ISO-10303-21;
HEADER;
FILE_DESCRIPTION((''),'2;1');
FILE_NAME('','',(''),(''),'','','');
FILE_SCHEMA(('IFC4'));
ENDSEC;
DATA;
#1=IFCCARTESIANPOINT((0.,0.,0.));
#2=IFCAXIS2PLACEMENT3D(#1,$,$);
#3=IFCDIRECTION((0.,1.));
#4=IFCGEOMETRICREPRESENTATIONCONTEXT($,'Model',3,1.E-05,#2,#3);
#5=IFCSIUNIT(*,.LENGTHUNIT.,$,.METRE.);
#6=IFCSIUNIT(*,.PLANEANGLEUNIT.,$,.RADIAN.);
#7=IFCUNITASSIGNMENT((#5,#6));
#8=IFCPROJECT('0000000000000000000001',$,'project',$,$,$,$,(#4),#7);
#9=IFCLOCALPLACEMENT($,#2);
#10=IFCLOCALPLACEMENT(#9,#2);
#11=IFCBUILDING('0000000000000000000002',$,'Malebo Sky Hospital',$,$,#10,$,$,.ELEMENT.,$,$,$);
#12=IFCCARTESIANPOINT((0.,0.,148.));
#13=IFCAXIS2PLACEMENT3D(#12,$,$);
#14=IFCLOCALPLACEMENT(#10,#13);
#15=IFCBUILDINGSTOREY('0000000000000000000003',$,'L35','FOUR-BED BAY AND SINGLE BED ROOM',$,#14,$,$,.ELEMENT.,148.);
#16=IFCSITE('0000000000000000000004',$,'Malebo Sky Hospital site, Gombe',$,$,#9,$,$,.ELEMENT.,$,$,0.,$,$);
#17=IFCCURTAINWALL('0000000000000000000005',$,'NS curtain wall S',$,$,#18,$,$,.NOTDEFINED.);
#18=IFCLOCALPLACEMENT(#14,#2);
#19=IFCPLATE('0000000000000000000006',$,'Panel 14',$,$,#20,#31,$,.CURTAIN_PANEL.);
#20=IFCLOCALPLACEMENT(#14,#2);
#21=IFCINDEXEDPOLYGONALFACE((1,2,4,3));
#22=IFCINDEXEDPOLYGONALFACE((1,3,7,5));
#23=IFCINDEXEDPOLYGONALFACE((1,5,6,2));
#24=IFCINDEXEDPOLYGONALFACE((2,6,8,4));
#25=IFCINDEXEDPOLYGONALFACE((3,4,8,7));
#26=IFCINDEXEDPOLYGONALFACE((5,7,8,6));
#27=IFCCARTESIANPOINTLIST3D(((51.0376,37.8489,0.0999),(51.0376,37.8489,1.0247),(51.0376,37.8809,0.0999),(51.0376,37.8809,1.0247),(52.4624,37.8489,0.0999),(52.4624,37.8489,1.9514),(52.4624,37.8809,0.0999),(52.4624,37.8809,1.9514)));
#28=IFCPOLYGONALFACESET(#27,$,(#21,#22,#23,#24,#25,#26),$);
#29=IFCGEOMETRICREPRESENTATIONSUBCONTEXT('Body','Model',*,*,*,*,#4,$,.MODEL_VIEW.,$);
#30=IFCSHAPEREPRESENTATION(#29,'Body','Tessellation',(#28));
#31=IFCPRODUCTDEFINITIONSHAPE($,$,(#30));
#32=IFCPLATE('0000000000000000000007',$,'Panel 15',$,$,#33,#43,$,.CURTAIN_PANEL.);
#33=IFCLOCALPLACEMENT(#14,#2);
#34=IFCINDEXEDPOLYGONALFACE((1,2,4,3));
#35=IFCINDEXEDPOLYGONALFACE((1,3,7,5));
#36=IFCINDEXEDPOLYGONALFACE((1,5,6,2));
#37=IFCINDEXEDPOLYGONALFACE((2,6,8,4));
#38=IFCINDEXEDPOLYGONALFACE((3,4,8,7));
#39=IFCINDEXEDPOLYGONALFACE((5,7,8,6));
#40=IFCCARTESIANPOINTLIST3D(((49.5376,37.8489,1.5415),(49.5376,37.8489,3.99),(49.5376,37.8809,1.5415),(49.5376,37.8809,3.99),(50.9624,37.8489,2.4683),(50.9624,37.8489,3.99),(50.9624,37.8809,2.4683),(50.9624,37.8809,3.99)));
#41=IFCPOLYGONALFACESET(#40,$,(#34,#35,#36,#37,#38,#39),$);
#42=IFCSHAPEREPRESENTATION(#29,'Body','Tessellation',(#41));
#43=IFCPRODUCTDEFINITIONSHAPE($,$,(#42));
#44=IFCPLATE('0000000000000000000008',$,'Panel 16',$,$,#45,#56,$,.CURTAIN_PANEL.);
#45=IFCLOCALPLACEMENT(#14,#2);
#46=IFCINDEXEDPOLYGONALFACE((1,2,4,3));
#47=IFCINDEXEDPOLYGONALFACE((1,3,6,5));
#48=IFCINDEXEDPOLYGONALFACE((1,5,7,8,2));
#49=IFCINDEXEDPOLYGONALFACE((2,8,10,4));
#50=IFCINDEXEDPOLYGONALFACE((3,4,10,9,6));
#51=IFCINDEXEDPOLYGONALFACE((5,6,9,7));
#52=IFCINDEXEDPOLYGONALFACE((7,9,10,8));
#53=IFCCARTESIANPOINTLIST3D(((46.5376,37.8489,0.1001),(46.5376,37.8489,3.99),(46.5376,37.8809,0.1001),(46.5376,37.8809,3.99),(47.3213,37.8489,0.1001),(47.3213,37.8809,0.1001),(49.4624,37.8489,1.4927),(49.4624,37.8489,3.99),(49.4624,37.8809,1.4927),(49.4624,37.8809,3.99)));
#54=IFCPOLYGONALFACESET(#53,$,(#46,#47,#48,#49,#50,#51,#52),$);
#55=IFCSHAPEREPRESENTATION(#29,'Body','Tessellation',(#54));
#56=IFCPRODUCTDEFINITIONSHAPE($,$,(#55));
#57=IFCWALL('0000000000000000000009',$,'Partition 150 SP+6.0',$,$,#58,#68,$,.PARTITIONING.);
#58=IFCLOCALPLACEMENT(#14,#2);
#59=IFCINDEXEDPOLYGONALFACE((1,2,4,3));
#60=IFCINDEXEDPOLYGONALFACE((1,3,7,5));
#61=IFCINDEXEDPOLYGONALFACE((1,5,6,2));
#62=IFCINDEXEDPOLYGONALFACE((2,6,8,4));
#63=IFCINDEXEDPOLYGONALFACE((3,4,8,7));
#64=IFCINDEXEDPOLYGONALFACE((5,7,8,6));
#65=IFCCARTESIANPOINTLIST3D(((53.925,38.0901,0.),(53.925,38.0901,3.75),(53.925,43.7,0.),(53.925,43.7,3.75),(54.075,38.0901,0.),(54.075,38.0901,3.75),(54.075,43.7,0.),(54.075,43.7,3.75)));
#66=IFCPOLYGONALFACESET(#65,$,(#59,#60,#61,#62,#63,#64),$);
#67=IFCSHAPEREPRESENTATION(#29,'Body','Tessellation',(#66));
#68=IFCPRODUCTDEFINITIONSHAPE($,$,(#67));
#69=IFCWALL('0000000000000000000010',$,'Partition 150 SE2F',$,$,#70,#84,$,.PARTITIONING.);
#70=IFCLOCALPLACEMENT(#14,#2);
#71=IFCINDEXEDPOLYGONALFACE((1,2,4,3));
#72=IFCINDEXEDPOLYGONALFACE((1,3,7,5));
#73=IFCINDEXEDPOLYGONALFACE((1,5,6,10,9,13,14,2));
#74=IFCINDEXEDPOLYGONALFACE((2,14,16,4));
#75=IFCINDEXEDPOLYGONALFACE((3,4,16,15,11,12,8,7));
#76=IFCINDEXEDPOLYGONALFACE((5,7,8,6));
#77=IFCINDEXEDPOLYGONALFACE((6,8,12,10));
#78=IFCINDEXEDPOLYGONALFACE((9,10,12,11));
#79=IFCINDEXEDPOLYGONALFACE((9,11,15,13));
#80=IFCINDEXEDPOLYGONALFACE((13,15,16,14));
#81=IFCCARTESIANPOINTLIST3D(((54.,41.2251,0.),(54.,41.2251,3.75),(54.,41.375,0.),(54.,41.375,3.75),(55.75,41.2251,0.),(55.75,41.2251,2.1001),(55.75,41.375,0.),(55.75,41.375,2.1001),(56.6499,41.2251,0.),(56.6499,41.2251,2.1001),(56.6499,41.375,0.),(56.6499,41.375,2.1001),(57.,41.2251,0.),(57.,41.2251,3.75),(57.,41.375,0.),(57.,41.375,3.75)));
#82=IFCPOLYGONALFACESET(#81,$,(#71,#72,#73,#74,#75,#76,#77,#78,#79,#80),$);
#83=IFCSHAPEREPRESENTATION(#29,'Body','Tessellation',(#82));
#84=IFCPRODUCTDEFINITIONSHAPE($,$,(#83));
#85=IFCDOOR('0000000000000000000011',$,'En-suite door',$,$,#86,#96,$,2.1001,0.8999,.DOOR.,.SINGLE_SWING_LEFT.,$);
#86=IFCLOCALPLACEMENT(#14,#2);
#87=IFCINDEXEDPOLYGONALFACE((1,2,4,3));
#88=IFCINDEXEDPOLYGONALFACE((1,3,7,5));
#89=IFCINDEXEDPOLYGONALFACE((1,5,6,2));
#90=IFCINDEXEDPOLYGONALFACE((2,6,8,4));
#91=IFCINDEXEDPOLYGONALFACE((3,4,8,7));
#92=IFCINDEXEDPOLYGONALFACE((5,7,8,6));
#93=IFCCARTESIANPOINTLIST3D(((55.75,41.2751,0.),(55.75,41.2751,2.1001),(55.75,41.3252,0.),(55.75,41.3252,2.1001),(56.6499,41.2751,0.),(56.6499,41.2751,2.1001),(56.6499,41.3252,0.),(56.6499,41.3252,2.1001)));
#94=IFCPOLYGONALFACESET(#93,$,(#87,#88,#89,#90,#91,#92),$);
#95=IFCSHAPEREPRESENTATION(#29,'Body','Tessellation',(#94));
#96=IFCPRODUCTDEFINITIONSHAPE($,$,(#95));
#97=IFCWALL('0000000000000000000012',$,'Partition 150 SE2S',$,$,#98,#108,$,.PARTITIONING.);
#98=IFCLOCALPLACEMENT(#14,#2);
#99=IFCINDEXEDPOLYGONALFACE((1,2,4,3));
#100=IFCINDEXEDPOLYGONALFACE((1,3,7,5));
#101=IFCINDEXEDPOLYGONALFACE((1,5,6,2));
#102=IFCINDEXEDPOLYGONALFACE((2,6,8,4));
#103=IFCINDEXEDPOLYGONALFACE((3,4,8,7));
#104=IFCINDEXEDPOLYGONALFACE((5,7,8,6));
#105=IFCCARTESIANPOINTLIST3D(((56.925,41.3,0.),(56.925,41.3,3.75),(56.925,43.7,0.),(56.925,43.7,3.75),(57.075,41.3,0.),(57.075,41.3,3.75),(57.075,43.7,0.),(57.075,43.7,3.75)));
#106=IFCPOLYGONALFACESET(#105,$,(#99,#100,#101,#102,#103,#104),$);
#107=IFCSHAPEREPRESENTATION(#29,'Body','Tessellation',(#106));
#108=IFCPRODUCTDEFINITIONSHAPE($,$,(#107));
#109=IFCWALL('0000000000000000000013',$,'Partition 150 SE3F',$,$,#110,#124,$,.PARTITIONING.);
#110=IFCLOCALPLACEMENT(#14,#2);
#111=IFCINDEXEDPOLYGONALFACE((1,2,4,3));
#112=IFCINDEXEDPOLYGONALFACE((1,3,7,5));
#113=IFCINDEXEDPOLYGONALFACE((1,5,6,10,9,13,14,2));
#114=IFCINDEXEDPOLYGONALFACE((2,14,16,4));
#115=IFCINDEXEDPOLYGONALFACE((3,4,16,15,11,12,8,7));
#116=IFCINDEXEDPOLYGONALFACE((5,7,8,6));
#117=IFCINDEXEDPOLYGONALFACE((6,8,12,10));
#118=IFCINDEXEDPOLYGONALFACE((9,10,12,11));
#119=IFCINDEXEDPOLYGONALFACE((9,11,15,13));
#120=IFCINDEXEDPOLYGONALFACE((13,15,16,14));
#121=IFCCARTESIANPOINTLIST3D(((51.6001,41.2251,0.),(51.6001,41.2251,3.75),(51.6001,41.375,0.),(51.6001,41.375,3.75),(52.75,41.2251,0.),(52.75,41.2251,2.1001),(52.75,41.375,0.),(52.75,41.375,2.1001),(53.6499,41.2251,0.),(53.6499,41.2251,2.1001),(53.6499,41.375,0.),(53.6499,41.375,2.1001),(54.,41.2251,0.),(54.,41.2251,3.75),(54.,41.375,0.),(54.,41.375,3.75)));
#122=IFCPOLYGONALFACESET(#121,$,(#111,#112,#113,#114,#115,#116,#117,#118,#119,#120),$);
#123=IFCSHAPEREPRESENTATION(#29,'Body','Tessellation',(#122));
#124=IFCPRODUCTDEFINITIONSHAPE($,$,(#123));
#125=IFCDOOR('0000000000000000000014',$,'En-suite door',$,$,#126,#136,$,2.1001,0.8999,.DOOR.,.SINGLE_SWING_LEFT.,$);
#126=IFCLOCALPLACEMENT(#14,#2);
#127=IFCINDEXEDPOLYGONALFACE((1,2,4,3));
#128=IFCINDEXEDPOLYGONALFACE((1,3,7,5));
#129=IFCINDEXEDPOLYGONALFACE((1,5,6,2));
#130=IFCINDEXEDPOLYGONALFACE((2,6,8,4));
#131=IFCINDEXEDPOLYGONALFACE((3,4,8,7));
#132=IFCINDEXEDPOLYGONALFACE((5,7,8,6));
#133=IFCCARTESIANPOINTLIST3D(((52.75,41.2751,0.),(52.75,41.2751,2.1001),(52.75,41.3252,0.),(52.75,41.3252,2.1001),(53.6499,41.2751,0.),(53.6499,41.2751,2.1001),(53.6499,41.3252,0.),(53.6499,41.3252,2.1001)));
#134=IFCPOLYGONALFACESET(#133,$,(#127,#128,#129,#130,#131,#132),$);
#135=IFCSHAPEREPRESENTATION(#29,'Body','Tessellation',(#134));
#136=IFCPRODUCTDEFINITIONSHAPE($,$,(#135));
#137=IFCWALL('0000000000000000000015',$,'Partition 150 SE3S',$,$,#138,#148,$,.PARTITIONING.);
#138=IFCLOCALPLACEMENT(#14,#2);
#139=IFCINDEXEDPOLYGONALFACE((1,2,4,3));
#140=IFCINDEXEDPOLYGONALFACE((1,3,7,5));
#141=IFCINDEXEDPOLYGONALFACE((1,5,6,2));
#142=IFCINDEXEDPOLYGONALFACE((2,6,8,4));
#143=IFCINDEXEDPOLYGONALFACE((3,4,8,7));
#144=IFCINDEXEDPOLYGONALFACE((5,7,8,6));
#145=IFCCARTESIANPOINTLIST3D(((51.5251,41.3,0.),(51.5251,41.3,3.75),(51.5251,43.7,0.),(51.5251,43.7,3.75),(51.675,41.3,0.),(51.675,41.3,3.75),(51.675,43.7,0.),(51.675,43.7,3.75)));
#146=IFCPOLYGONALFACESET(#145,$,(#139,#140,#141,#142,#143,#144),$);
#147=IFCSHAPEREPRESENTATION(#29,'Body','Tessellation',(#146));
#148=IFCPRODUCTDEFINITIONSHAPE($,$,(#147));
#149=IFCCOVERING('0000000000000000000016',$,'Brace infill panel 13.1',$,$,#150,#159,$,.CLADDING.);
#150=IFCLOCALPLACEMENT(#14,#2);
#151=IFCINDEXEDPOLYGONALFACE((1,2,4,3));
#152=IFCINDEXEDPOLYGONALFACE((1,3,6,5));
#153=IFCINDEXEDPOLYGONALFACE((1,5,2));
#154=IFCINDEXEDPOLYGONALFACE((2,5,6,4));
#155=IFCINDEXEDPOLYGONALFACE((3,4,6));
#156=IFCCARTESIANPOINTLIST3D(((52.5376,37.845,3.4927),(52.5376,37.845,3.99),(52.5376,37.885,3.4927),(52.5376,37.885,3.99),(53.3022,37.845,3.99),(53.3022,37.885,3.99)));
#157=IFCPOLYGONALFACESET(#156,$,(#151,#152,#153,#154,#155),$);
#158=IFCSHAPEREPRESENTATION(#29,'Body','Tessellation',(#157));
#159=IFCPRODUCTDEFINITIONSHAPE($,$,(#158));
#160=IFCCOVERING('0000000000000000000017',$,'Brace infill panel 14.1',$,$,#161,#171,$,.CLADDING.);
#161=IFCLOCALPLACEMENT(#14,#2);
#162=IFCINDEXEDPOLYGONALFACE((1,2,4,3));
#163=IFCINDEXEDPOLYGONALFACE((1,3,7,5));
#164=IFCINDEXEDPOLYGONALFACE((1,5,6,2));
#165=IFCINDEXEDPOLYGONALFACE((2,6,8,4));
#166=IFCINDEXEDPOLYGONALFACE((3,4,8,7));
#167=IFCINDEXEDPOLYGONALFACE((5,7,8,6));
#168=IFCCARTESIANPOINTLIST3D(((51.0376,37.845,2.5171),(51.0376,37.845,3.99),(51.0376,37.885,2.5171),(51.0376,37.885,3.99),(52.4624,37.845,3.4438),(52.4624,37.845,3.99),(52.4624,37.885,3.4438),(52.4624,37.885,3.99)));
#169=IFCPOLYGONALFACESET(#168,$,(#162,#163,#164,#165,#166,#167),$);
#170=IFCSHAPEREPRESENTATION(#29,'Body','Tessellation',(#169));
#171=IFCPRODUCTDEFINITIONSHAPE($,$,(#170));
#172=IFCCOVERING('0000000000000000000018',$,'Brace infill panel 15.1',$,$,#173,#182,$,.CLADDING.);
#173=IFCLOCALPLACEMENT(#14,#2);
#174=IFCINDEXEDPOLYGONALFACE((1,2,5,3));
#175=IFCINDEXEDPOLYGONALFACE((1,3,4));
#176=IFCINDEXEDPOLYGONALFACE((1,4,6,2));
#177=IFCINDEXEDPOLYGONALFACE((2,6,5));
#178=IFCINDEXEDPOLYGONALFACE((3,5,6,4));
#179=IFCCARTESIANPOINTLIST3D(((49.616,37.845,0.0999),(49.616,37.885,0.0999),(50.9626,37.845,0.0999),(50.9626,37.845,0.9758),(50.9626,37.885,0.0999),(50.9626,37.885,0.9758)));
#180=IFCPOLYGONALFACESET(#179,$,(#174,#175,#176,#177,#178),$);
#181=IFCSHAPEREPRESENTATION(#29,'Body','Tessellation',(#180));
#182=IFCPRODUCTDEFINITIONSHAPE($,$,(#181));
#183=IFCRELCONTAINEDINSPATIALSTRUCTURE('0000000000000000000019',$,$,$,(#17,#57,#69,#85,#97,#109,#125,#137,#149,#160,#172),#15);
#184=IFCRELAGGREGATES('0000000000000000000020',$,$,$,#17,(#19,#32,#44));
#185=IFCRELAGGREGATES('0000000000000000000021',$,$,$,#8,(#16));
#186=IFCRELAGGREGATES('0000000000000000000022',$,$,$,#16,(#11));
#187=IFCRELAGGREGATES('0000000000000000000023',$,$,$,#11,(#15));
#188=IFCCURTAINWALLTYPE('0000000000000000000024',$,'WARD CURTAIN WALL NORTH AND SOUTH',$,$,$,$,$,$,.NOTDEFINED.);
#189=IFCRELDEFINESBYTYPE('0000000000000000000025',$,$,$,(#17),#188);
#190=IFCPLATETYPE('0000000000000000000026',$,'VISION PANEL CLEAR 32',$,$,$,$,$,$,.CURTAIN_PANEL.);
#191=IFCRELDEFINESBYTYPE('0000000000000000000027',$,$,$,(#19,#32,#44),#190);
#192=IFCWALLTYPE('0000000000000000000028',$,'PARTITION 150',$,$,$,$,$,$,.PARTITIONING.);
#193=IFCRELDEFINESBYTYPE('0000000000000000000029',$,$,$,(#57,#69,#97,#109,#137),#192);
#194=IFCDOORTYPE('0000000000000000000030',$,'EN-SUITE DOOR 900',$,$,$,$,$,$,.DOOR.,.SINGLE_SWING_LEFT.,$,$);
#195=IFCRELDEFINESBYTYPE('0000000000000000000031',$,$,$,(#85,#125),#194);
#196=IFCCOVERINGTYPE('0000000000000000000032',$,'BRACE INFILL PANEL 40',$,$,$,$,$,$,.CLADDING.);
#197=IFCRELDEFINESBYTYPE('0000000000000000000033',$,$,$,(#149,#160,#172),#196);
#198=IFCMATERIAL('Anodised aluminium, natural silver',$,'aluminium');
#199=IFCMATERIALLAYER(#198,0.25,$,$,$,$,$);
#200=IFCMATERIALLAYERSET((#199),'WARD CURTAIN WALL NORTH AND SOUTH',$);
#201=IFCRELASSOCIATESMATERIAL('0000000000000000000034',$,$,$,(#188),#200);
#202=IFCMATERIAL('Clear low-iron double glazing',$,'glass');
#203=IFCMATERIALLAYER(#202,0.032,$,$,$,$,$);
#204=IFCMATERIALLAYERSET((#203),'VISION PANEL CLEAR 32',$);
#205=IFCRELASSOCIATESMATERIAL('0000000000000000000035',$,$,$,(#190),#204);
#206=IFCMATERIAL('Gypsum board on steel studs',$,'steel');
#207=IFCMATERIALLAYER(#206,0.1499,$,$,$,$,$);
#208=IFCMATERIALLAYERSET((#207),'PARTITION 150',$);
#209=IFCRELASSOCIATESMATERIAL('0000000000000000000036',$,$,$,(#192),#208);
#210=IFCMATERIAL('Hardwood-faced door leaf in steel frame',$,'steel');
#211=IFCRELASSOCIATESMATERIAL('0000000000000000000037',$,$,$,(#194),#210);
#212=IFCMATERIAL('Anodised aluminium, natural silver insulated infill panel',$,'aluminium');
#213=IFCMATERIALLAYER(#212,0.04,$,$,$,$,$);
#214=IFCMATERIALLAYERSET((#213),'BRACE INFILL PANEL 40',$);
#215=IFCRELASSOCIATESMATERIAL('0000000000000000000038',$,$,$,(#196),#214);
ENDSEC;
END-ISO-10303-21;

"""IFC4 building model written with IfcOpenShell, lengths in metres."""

from ifc_helpers import new_model, si_unit, direction, frame, frame_2d, origin, place, context, subcontext, project, spatial, polyline, rectangle, outline, extrude, material, layer, layer_set, type_object, element, fill, aggregate, save


model = new_model("IFC4")

# Units and contexts
model_context = context("Model", 3, precision=1e-05, world=origin(), true_north=direction((0.0, 1.0)))
body_context = subcontext(model_context, "Body", "Model", "MODEL_VIEW")
ifc_project = project(units=[si_unit("LENGTHUNIT", "METRE"), si_unit("PLANEANGLEUNIT", "RADIAN")], contexts=[model_context])

# Site, building, storey
site_placement = place(None, origin())
site = spatial("IfcSite", under=ifc_project, at=site_placement, Name="Malebo Sky Hospital site, Gombe", CompositionType="ELEMENT", RefElevation=0.0)
building_placement = place(site_placement, origin())
building = spatial("IfcBuilding", under=site, at=building_placement, Name="Malebo Sky Hospital", CompositionType="ELEMENT")
storey_placement = place(building_placement, frame((0.0, 0.0, 148.0)))
storey = spatial("IfcBuildingStorey", under=building, at=storey_placement, Name="L35", Description="FOUR-BED BAY AND SINGLE BED ROOM", CompositionType="ELEMENT", Elevation=148.0)

# Curtain wall
ifc_material_1 = material(Name="Anodised aluminium, natural silver", Category="aluminium")
ifc_layer_1 = layer(ifc_material_1, 0.25)
ifc_layer_set_1 = layer_set([ifc_layer_1], Name="WARD CURTAIN WALL NORTH AND SOUTH")
curtain_wall_type = type_object("IfcCurtainWallType", Name="WARD CURTAIN WALL NORTH AND SOUTH", PredefinedType="NOTDEFINED", material=ifc_layer_set_1)
curtain_wall_placement = place(storey_placement, origin())
curtain_wall = element("IfcCurtainWall", 1, at=curtain_wall_placement, inside=storey, type_object=curtain_wall_type, Name="NS curtain wall S", PredefinedType="NOTDEFINED")

# Plates
ifc_material_2 = material(Name="Clear low-iron double glazing", Category="glass")
ifc_layer_2 = layer(ifc_material_2, 0.032)
ifc_layer_set_2 = layer_set([ifc_layer_2], Name="VISION PANEL CLEAR 32")
plate_type = type_object("IfcPlateType", Name="VISION PANEL CLEAR 32", PredefinedType="CURTAIN_PANEL", material=ifc_layer_set_2)
plate_1_placement = place(storey_placement, frame((51.75, 37.865, 0.0999), z_axis=(0.0, 0.0, 1.0), x_axis=(-1.0, 0.0, 0.0)))
plate_1 = element("IfcPlate", 2, at=plate_1_placement, type_object=plate_type, Name="Panel 14", PredefinedType="CURTAIN_PANEL", context=body_context, shape_type="SweptSolid", body=[
    extrude(outline(polyline([(-0.7124, 0.0), (0.7124, 0.0), (0.7124, 0.9248), (-0.7124, 1.8516), (-0.7124, 0.0)])), frame((0.0, 0.0161, 0.0), z_axis=(0.0, -1.0, 0.0), x_axis=(1.0, 0.0, 0.0)), (0.0, 0.0, 1.0), 0.032),
])
plate_2_placement = place(storey_placement, frame((50.25, 37.865, 1.5415), z_axis=(0.0, 0.0, 1.0), x_axis=(-1.0, 0.0, 0.0)))
plate_2 = element("IfcPlate", 3, at=plate_2_placement, type_object=plate_type, Name="Panel 15", PredefinedType="CURTAIN_PANEL", context=body_context, shape_type="SweptSolid", body=[
    extrude(outline(polyline([(0.7124, 0.0), (0.7124, 2.4485), (-0.7124, 2.4485), (-0.7124, 0.9268), (0.7124, 0.0)])), frame((0.0, 0.0161, 0.0), z_axis=(0.0, -1.0, 0.0), x_axis=(1.0, 0.0, 0.0)), (0.0, 0.0, 1.0), 0.032),
])
plate_3_placement = place(storey_placement, frame((48.0, 37.865, 0.1001), z_axis=(0.0, 0.0, 1.0), x_axis=(-1.0, 0.0, 0.0)))
plate_3 = element("IfcPlate", 4, at=plate_3_placement, type_object=plate_type, Name="Panel 16", PredefinedType="CURTAIN_PANEL", context=body_context, shape_type="SweptSolid", body=[
    extrude(outline(polyline([(0.6787, 0.0), (1.4624, 0.0), (1.4624, 3.8899), (-1.4624, 3.8899), (-1.4624, 1.3926), (0.6787, 0.0)])), frame((0.0, 0.0161, 0.0), z_axis=(0.0, -1.0, 0.0), x_axis=(1.0, 0.0, 0.0)), (0.0, 0.0, 1.0), 0.032),
])
aggregate(curtain_wall, [plate_1, plate_2, plate_3])

# Wall
ifc_material_3 = material(Name="Gypsum board on steel studs", Category="steel")
ifc_layer_3 = layer(ifc_material_3, 0.1499)
ifc_layer_set_3 = layer_set([ifc_layer_3], Name="PARTITION 150")
wall_type = type_object("IfcWallType", Name="PARTITION 150", PredefinedType="PARTITIONING", material=ifc_layer_set_3)
wall_1_placement = place(storey_placement, frame((54.0, 43.7, 0.0), z_axis=(0.0, 0.0, 1.0), x_axis=(0.0, -1.0, 0.0)))
element("IfcWall", 5, at=wall_1_placement, inside=storey, type_object=wall_type, Name="Partition 150 SP+6.0", PredefinedType="PARTITIONING", context=body_context, shape_type="SweptSolid", body=[
    extrude(rectangle(XDim=5.6099, YDim=0.1499, at=frame_2d((2.8049, 0.0))), origin(), (0.0, 0.0, 1.0), 3.75),
])

# Wall, opening, door
wall_2_placement = place(storey_placement, frame((57.0, 41.3, 0.0), z_axis=(0.0, 0.0, 1.0), x_axis=(-1.0, 0.0, 0.0)))
wall_2 = element("IfcWall", 6, at=wall_2_placement, inside=storey, type_object=wall_type, Name="Partition 150 SE2F", PredefinedType="PARTITIONING", context=body_context, shape_type="SweptSolid", body=[
    extrude(rectangle(XDim=3.0, YDim=0.1499, at=frame_2d((1.5, 0.0))), origin(), (0.0, 0.0, 1.0), 3.75),
])
opening_1_placement = place(wall_2_placement, frame((0.3501, 0.0, 0.0)))
opening_1 = element("IfcOpeningElement", 7, at=opening_1_placement, cuts=wall_2, PredefinedType="OPENING", context=body_context, shape_type="SweptSolid", body=[
    extrude(rectangle(XDim=0.8999, YDim=2.1001, at=frame_2d((0.45, 1.05))), frame((0.0, 0.085, 0.0), z_axis=(0.0, -1.0, 0.0), x_axis=(1.0, 0.0, 0.0)), (0.0, 0.0, 1.0), 0.1699),
])
ifc_material_4 = material(Name="Hardwood-faced door leaf in steel frame", Category="steel")
door_type = type_object("IfcDoorType", Name="EN-SUITE DOOR 900", OperationType="SINGLE_SWING_LEFT", PredefinedType="DOOR", material=ifc_material_4)
door_1_placement = place(opening_1_placement, origin())
door_1 = element("IfcDoor", 8, at=door_1_placement, inside=storey, type_object=door_type, Name="En-suite door", OperationType="SINGLE_SWING_LEFT", OverallHeight=2.1001, OverallWidth=0.8999, PredefinedType="DOOR", context=body_context, shape_type="SweptSolid", body=[
    extrude(rectangle(XDim=0.8999, YDim=2.1001, at=frame_2d((0.45, 1.05))), frame((0.0, 0.0249, 0.0), z_axis=(0.0, -1.0, 0.0), x_axis=(1.0, 0.0, 0.0)), (0.0, 0.0, 1.0), 0.05),
])
fill(opening_1, door_1)

# Wall
wall_3_placement = place(storey_placement, frame((57.0, 43.7, 0.0), z_axis=(0.0, 0.0, 1.0), x_axis=(0.0, -1.0, 0.0)))
element("IfcWall", 9, at=wall_3_placement, inside=storey, type_object=wall_type, Name="Partition 150 SE2S", PredefinedType="PARTITIONING", context=body_context, shape_type="SweptSolid", body=[
    extrude(rectangle(XDim=2.3999, YDim=0.1499, at=frame_2d((1.2, 0.0))), origin(), (0.0, 0.0, 1.0), 3.75),
])

# Wall, opening, door
wall_4_placement = place(storey_placement, frame((54.0, 41.3, 0.0), z_axis=(0.0, 0.0, 1.0), x_axis=(-1.0, 0.0, 0.0)))
wall_4 = element("IfcWall", 10, at=wall_4_placement, inside=storey, type_object=wall_type, Name="Partition 150 SE3F", PredefinedType="PARTITIONING", context=body_context, shape_type="SweptSolid", body=[
    extrude(rectangle(XDim=2.3999, YDim=0.1499, at=frame_2d((1.2, 0.0))), origin(), (0.0, 0.0, 1.0), 3.75),
])
opening_2_placement = place(wall_4_placement, frame((0.3501, 0.0, 0.0)))
opening_2 = element("IfcOpeningElement", 11, at=opening_2_placement, cuts=wall_4, PredefinedType="OPENING", context=body_context, shape_type="SweptSolid", body=[
    extrude(rectangle(XDim=0.8999, YDim=2.1001, at=frame_2d((0.45, 1.05))), frame((0.0, 0.085, 0.0), z_axis=(0.0, -1.0, 0.0), x_axis=(1.0, 0.0, 0.0)), (0.0, 0.0, 1.0), 0.1699),
])
door_2_placement = place(opening_2_placement, origin())
door_2 = element("IfcDoor", 12, at=door_2_placement, inside=storey, type_object=door_type, Name="En-suite door", OperationType="SINGLE_SWING_LEFT", OverallHeight=2.1001, OverallWidth=0.8999, PredefinedType="DOOR", context=body_context, shape_type="SweptSolid", body=[
    extrude(rectangle(XDim=0.8999, YDim=2.1001, at=frame_2d((0.45, 1.05))), frame((0.0, 0.0249, 0.0), z_axis=(0.0, -1.0, 0.0), x_axis=(1.0, 0.0, 0.0)), (0.0, 0.0, 1.0), 0.05),
])
fill(opening_2, door_2)

# Wall
wall_5_placement = place(storey_placement, frame((51.6001, 43.7, 0.0), z_axis=(0.0, 0.0, 1.0), x_axis=(0.0, -1.0, 0.0)))
element("IfcWall", 13, at=wall_5_placement, inside=storey, type_object=wall_type, Name="Partition 150 SE3S", PredefinedType="PARTITIONING", context=body_context, shape_type="SweptSolid", body=[
    extrude(rectangle(XDim=2.3999, YDim=0.1499, at=frame_2d((1.2, 0.0))), origin(), (0.0, 0.0, 1.0), 3.75),
])

# Coverings
ifc_material_5 = material(Name="Anodised aluminium, natural silver insulated infill panel", Category="aluminium")
ifc_layer_4 = layer(ifc_material_5, 0.04)
ifc_layer_set_4 = layer_set([ifc_layer_4], Name="BRACE INFILL PANEL 40")
covering_type = type_object("IfcCoveringType", Name="BRACE INFILL PANEL 40", PredefinedType="CLADDING", material=ifc_layer_set_4)
covering_1_placement = place(storey_placement, frame((52.9199, 37.865, 3.4927), z_axis=(0.0, 0.0, 1.0), x_axis=(-1.0, 0.0, 0.0)))
element("IfcCovering", 14, at=covering_1_placement, inside=storey, type_object=covering_type, Name="Brace infill panel 13.1", PredefinedType="CLADDING", context=body_context, shape_type="SweptSolid", body=[
    extrude(outline(polyline([(0.3823, 0.0), (0.3823, 0.4973), (-0.3823, 0.4973), (0.3823, 0.0)])), frame((0.0, 0.02, 0.0), z_axis=(0.0, -1.0, 0.0), x_axis=(1.0, 0.0, 0.0)), (0.0, 0.0, 1.0), 0.04),
])
covering_2_placement = place(storey_placement, frame((51.75, 37.865, 2.5171), z_axis=(0.0, 0.0, 1.0), x_axis=(-1.0, 0.0, 0.0)))
element("IfcCovering", 15, at=covering_2_placement, inside=storey, type_object=covering_type, Name="Brace infill panel 14.1", PredefinedType="CLADDING", context=body_context, shape_type="SweptSolid", body=[
    extrude(outline(polyline([(0.7124, 0.0), (0.7124, 1.4729), (-0.7124, 1.4729), (-0.7124, 0.9268), (0.7124, 0.0)])), frame((0.0, 0.02, 0.0), z_axis=(0.0, -1.0, 0.0), x_axis=(1.0, 0.0, 0.0)), (0.0, 0.0, 1.0), 0.04),
])
covering_3_placement = place(storey_placement, frame((50.2893, 37.865, 0.0999), z_axis=(0.0, 0.0, 1.0), x_axis=(-1.0, 0.0, 0.0)))
element("IfcCovering", 16, at=covering_3_placement, inside=storey, type_object=covering_type, Name="Brace infill panel 15.1", PredefinedType="CLADDING", context=body_context, shape_type="SweptSolid", body=[
    extrude(outline(polyline([(-0.6733, 0.0), (0.6733, 0.0), (-0.6733, 0.876), (-0.6733, 0.0)])), frame((0.0, 0.02, 0.0), z_axis=(0.0, -1.0, 0.0), x_axis=(1.0, 0.0, 0.0)), (0.0, 0.0, 1.0), 0.04),
])

save(model, "model.ifc")
